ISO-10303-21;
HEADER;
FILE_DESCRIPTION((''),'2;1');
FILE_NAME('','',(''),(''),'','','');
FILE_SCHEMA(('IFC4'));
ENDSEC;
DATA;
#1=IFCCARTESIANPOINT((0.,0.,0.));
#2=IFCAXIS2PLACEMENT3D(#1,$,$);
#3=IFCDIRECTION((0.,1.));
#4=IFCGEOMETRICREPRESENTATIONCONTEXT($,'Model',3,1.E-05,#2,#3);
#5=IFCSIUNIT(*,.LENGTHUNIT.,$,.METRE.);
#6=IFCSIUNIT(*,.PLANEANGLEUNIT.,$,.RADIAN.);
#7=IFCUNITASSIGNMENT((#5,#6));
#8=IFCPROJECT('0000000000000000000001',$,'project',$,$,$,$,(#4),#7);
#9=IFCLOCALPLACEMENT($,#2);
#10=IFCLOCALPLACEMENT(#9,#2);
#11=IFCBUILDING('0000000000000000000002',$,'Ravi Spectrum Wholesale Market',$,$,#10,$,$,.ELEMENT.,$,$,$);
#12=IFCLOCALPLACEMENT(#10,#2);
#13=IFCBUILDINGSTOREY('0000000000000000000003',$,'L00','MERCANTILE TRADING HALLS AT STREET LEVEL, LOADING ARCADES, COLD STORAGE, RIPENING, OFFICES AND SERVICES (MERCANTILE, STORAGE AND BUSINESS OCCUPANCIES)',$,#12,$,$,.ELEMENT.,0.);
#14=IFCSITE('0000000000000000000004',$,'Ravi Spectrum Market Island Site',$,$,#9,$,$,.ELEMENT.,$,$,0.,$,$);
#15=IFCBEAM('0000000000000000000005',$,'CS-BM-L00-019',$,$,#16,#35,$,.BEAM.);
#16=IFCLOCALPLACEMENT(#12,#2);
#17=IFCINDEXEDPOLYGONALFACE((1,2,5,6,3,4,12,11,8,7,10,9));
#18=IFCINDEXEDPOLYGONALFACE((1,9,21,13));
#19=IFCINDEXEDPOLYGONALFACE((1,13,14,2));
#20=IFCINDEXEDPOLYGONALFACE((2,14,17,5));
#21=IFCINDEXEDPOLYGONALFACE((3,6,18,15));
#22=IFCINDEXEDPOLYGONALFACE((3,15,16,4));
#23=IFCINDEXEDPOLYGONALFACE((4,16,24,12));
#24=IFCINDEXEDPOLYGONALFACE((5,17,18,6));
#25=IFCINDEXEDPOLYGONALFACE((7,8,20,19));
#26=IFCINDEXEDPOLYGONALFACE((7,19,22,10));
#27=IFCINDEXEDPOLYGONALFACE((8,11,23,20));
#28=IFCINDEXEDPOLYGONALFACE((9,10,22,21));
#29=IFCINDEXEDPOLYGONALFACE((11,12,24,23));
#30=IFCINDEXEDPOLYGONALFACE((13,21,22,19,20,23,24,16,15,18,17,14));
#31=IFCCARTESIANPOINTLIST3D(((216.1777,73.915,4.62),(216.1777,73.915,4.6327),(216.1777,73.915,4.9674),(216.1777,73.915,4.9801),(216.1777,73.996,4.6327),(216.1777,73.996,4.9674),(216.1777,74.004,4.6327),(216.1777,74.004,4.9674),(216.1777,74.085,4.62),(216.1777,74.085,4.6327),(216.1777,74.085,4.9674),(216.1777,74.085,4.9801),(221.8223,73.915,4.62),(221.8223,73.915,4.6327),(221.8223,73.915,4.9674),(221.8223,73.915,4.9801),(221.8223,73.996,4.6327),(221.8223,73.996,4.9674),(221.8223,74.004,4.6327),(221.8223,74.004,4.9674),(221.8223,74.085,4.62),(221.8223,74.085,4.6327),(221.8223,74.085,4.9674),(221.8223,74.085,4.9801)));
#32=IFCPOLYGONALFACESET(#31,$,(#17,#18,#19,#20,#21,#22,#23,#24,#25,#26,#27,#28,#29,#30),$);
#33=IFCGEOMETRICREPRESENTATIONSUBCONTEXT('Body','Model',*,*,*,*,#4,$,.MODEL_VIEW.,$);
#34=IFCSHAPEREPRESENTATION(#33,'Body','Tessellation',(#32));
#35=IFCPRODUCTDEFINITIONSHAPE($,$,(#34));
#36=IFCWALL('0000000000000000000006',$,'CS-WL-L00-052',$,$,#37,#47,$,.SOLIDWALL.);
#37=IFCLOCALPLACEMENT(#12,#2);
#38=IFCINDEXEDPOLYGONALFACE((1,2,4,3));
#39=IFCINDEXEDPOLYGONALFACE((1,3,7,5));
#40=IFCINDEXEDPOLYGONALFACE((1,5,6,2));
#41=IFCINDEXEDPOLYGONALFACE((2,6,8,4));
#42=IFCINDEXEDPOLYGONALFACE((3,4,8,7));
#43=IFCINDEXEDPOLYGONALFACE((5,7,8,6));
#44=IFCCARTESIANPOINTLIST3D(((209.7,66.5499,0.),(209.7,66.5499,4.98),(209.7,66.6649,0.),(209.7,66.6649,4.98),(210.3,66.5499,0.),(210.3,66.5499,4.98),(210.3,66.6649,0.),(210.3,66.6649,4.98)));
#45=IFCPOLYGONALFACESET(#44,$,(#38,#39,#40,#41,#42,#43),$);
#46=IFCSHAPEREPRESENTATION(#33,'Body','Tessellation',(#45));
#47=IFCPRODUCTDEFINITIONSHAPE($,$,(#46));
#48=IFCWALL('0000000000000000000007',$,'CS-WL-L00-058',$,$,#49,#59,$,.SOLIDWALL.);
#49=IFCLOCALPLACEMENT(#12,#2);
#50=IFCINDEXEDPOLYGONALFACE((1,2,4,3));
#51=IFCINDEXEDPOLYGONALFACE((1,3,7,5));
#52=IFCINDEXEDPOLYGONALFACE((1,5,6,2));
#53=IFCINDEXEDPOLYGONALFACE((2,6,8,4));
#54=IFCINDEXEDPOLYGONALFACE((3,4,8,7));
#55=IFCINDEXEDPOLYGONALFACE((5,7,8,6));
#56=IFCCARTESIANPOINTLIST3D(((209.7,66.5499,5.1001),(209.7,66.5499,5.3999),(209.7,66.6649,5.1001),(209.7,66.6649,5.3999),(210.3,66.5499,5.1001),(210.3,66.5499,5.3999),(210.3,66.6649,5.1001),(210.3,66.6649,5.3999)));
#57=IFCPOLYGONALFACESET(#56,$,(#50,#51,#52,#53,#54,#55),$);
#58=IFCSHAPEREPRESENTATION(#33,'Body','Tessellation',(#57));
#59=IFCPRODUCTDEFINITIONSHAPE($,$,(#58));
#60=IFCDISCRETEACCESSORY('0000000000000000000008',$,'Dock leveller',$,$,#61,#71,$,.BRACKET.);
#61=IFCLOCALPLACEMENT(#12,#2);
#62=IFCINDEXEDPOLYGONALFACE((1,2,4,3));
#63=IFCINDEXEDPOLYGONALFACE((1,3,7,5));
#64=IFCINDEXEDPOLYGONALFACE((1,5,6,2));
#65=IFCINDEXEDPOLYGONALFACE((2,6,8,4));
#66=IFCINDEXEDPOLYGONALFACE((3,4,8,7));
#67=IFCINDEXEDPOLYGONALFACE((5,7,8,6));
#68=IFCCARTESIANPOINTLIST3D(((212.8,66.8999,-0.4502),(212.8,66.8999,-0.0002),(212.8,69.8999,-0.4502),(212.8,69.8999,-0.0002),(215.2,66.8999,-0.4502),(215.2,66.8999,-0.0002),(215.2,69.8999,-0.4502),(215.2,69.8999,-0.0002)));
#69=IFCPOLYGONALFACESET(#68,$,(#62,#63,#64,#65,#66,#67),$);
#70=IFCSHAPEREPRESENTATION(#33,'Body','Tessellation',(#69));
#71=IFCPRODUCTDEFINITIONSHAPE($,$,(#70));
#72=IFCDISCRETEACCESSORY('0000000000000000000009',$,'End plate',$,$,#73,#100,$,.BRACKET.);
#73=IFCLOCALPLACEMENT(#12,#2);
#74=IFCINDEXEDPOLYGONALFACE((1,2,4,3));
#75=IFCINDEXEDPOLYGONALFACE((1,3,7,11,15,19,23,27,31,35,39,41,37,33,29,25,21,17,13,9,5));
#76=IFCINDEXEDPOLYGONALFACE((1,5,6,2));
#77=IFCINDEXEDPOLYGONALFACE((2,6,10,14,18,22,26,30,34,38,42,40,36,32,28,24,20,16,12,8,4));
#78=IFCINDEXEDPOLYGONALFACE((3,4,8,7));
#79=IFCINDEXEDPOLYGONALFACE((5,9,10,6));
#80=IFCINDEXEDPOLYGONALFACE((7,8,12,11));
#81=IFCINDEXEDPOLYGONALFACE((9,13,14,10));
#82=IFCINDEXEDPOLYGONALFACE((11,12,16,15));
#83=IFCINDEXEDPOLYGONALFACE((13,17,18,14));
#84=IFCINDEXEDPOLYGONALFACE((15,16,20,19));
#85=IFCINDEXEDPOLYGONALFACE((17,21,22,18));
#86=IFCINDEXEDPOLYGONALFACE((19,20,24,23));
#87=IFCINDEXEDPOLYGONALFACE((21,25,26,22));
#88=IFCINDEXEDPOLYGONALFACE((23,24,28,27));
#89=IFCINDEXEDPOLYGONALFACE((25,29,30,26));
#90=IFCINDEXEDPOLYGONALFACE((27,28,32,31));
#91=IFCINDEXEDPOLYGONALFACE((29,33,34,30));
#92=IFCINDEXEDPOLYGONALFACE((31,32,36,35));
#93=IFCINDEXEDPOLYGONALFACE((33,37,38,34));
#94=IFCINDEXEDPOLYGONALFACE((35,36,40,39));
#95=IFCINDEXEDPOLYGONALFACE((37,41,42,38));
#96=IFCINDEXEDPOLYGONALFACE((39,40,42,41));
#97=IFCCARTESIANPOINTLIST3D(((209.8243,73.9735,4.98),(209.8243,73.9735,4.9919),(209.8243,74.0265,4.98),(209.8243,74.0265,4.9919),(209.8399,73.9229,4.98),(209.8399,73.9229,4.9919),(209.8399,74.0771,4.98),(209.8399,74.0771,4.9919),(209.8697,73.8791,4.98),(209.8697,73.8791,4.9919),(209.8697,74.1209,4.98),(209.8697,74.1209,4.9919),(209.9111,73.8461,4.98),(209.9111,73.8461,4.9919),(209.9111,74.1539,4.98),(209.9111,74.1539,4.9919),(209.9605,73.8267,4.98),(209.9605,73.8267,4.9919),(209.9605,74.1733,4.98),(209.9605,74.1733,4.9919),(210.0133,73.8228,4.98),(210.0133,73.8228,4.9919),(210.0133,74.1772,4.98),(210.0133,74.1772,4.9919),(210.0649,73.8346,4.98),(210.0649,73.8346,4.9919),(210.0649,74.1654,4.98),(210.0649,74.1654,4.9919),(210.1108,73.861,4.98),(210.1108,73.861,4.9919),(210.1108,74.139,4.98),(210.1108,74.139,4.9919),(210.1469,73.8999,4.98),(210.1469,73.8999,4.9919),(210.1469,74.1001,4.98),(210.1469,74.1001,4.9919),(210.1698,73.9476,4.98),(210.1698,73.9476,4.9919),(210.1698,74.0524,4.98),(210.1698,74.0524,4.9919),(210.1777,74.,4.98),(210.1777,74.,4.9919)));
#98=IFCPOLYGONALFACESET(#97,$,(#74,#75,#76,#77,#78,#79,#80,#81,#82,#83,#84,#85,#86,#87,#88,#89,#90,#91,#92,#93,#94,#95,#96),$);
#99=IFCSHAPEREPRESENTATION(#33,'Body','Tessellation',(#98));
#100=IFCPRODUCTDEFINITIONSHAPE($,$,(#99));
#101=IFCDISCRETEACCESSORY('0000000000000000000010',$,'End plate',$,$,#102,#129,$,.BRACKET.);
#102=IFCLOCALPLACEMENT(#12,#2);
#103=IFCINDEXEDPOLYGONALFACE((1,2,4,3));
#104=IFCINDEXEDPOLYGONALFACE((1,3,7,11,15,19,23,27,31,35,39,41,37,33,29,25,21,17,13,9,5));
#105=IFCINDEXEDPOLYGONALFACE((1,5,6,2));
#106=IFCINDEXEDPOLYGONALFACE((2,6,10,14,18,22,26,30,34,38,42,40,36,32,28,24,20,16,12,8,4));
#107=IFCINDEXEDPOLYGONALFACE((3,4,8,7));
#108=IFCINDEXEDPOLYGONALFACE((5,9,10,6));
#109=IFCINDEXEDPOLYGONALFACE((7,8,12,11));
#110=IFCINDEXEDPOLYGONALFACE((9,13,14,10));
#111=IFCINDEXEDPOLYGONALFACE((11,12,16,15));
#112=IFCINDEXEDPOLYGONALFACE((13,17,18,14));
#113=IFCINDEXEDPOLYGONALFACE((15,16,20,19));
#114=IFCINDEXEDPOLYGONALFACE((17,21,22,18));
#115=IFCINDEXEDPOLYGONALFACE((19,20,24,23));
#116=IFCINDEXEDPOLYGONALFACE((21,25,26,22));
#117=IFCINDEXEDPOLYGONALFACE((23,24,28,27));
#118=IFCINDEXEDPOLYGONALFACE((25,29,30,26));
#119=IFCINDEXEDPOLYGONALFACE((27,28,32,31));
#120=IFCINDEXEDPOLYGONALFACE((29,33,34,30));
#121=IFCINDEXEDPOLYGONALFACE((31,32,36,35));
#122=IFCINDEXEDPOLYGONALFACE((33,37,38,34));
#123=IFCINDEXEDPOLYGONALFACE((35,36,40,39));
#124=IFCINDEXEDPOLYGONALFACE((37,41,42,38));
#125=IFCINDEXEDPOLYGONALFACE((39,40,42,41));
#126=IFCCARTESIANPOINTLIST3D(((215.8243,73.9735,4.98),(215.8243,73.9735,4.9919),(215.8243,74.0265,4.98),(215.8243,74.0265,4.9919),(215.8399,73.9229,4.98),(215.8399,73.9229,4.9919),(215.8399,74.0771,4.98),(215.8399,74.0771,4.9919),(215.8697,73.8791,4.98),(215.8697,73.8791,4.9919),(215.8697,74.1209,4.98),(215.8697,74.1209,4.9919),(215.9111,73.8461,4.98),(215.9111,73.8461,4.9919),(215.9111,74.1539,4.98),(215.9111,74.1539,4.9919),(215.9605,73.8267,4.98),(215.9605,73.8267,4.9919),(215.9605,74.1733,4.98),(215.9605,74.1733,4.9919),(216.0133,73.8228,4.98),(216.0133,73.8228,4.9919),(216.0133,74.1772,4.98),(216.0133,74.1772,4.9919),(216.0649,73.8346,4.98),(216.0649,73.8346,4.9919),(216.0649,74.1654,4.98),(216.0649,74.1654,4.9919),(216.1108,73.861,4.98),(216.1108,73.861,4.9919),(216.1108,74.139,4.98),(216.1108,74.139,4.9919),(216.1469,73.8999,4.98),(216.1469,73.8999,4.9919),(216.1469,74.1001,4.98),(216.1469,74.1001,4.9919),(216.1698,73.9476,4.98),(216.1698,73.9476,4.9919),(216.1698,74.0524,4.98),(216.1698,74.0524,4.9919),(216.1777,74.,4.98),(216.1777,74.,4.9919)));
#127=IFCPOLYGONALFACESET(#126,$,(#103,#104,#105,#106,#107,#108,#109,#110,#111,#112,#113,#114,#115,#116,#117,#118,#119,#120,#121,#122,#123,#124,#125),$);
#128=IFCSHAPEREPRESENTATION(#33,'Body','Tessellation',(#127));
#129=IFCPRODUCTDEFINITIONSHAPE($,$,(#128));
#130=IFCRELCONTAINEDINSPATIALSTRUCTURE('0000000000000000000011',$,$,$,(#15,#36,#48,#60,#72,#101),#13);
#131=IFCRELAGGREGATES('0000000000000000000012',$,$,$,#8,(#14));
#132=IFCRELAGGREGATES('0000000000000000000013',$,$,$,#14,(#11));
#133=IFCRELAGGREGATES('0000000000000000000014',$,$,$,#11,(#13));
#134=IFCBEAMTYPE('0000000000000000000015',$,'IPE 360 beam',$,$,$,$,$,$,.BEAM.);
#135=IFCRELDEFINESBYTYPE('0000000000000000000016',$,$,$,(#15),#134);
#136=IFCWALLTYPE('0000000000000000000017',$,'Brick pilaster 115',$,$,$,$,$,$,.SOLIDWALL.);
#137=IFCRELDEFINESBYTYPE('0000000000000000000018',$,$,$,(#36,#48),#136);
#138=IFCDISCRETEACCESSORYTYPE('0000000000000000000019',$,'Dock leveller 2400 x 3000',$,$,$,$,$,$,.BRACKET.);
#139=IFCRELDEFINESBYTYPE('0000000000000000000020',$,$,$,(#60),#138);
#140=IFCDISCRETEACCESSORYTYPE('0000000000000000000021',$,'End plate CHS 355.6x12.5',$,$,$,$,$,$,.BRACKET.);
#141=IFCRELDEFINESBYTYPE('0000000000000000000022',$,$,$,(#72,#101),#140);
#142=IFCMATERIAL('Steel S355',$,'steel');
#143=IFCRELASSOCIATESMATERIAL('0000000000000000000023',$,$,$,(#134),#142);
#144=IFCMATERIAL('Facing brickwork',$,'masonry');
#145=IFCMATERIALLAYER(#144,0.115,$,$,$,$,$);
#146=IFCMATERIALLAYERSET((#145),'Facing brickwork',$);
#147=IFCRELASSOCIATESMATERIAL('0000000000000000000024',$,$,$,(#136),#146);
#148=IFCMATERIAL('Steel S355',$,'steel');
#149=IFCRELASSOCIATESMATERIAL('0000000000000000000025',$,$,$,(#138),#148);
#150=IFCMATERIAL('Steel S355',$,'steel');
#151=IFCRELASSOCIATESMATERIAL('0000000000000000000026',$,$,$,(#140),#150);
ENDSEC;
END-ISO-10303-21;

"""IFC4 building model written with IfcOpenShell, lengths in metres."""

from ifc_helpers import new_model, si_unit, direction, frame, frame_2d, origin, origin_2d, place, context, subcontext, project, spatial, rectangle, circle, i_section, extrude, material, layer, layer_set, material_profile, profile_set, type_object, element, save


model = new_model("IFC4")

# Units and contexts
model_context = context("Model", 3, precision=1e-05, world=origin(), true_north=direction((0.0, 1.0)))
body_context = subcontext(model_context, "Body", "Model", "MODEL_VIEW")
ifc_project = project(units=[si_unit("LENGTHUNIT", "METRE"), si_unit("PLANEANGLEUNIT", "RADIAN")], contexts=[model_context])

# Site, building, storey
site_placement = place(None, origin())
site = spatial("IfcSite", under=ifc_project, at=site_placement, Name="Ravi Spectrum Market Island Site", CompositionType="ELEMENT", RefElevation=0.0)
building_placement = place(site_placement, origin())
building = spatial("IfcBuilding", under=site, at=building_placement, Name="Ravi Spectrum Wholesale Market", CompositionType="ELEMENT")
storey_placement = place(building_placement, origin())
storey = spatial("IfcBuildingStorey", under=building, at=storey_placement, Name="L00", Description="MERCANTILE TRADING HALLS AT STREET LEVEL, LOADING ARCADES, COLD STORAGE, RIPENING, OFFICES AND SERVICES (MERCANTILE, STORAGE AND BUSINESS OCCUPANCIES)", CompositionType="ELEMENT", Elevation=0.0)

# Beam
ifc_material_1 = material(Name="Steel S355", Category="steel")
ifc_material_profile_1 = material_profile(ifc_material_1, i_section(OverallWidth=0.1699, OverallDepth=0.3601, WebThickness=0.0081, FlangeThickness=0.0127, at=origin_2d()))
ifc_profile_set_1 = profile_set([ifc_material_profile_1], Name="Steel S355")
beam_type = type_object("IfcBeamType", Name="IPE 360 beam", PredefinedType="BEAM", material=ifc_profile_set_1)
for number, where, z_axis, x_axis, name in (
    (1, (216.1777, 74.0, 4.8), (1.0, 0.0, 0.0), (0.0, 1.0, 0.0), "CS-BM-L00-019"),
):
    element("IfcBeam", number, at=place(storey_placement, frame(where, z_axis=z_axis, x_axis=x_axis)), inside=storey, type_object=beam_type, Name=name, PredefinedType="BEAM", context=body_context, shape_type="SweptSolid", body=[
        extrude(i_section(OverallWidth=0.1699, OverallDepth=0.3601, WebThickness=0.0081, FlangeThickness=0.0127, at=origin_2d()), origin(), (0.0, 0.0, 1.0), 5.6445),
    ])

# Walls
ifc_material_2 = material(Name="Facing brickwork", Category="masonry")
ifc_layer = layer(ifc_material_2, 0.115)
ifc_layer_set = layer_set([ifc_layer], Name="Facing brickwork")
wall_type = type_object("IfcWallType", Name="Brick pilaster 115", PredefinedType="SOLIDWALL", material=ifc_layer_set)
wall_1_placement = place(storey_placement, frame((210.3, 66.6074, 0.0), z_axis=(0.0, 0.0, 1.0), x_axis=(-1.0, 0.0, 0.0)))
element("IfcWall", 2, at=wall_1_placement, inside=storey, type_object=wall_type, Name="CS-WL-L00-052", PredefinedType="SOLIDWALL", context=body_context, shape_type="SweptSolid", body=[
    extrude(rectangle(XDim=0.6001, YDim=0.115, at=frame_2d((0.3, 0.0))), origin(), (0.0, 0.0, 1.0), 4.98),
])
wall_2_placement = place(storey_placement, frame((210.3, 66.6074, 5.1001), z_axis=(0.0, 0.0, 1.0), x_axis=(-1.0, 0.0, 0.0)))
element("IfcWall", 3, at=wall_2_placement, inside=storey, type_object=wall_type, Name="CS-WL-L00-058", PredefinedType="SOLIDWALL", context=body_context, shape_type="SweptSolid", body=[
    extrude(rectangle(XDim=0.6001, YDim=0.115, at=frame_2d((0.3, 0.0))), origin(), (0.0, 0.0, 1.0), 0.2998),
])

# Discrete accessories
ifc_material_3 = material(Name="Steel S355", Category="steel")
discrete_accessory_type_1 = type_object("IfcDiscreteAccessoryType", Name="Dock leveller 2400 x 3000", PredefinedType="BRACKET", material=ifc_material_3)
discrete_accessory_placement = place(storey_placement, frame((214.0, 68.3999, -0.4502), z_axis=(0.0, 0.0, 1.0), x_axis=(1.0, 0.0, 0.0)))
element("IfcDiscreteAccessory", 4, at=discrete_accessory_placement, inside=storey, type_object=discrete_accessory_type_1, Name="Dock leveller", PredefinedType="BRACKET", context=body_context, shape_type="SweptSolid", body=[
    extrude(rectangle(XDim=2.3999, YDim=3.0, at=origin_2d()), origin(), (0.0, 0.0, 1.0), 0.45),
])
ifc_material_4 = material(Name="Steel S355", Category="steel")
ifc_material_profile_2 = material_profile(ifc_material_4, circle(Radius=0.1777, at=origin_2d()))
ifc_profile_set_2 = profile_set([ifc_material_profile_2], Name="Steel S355")
discrete_accessory_type_2 = type_object("IfcDiscreteAccessoryType", Name="End plate CHS 355.6x12.5", PredefinedType="BRACKET", material=ifc_profile_set_2)
for number, where, z_axis, x_axis, name in (
    (5, (210.0, 74.0, 4.98), (0.0, 0.0, 1.0), (1.0, 0.0, 0.0), "End plate"),
    (6, (216.0, 74.0, 4.98), (0.0, 0.0, 1.0), (1.0, 0.0, 0.0), "End plate"),
):
    element("IfcDiscreteAccessory", number, at=place(storey_placement, frame(where, z_axis=z_axis, x_axis=x_axis)), inside=storey, type_object=discrete_accessory_type_2, Name=name, PredefinedType="BRACKET", context=body_context, shape_type="SweptSolid", body=[
        extrude(circle(Radius=0.1777, at=origin_2d()), origin(), (0.0, 0.0, 1.0), 0.012),
    ])

save(model, "model.ifc")
